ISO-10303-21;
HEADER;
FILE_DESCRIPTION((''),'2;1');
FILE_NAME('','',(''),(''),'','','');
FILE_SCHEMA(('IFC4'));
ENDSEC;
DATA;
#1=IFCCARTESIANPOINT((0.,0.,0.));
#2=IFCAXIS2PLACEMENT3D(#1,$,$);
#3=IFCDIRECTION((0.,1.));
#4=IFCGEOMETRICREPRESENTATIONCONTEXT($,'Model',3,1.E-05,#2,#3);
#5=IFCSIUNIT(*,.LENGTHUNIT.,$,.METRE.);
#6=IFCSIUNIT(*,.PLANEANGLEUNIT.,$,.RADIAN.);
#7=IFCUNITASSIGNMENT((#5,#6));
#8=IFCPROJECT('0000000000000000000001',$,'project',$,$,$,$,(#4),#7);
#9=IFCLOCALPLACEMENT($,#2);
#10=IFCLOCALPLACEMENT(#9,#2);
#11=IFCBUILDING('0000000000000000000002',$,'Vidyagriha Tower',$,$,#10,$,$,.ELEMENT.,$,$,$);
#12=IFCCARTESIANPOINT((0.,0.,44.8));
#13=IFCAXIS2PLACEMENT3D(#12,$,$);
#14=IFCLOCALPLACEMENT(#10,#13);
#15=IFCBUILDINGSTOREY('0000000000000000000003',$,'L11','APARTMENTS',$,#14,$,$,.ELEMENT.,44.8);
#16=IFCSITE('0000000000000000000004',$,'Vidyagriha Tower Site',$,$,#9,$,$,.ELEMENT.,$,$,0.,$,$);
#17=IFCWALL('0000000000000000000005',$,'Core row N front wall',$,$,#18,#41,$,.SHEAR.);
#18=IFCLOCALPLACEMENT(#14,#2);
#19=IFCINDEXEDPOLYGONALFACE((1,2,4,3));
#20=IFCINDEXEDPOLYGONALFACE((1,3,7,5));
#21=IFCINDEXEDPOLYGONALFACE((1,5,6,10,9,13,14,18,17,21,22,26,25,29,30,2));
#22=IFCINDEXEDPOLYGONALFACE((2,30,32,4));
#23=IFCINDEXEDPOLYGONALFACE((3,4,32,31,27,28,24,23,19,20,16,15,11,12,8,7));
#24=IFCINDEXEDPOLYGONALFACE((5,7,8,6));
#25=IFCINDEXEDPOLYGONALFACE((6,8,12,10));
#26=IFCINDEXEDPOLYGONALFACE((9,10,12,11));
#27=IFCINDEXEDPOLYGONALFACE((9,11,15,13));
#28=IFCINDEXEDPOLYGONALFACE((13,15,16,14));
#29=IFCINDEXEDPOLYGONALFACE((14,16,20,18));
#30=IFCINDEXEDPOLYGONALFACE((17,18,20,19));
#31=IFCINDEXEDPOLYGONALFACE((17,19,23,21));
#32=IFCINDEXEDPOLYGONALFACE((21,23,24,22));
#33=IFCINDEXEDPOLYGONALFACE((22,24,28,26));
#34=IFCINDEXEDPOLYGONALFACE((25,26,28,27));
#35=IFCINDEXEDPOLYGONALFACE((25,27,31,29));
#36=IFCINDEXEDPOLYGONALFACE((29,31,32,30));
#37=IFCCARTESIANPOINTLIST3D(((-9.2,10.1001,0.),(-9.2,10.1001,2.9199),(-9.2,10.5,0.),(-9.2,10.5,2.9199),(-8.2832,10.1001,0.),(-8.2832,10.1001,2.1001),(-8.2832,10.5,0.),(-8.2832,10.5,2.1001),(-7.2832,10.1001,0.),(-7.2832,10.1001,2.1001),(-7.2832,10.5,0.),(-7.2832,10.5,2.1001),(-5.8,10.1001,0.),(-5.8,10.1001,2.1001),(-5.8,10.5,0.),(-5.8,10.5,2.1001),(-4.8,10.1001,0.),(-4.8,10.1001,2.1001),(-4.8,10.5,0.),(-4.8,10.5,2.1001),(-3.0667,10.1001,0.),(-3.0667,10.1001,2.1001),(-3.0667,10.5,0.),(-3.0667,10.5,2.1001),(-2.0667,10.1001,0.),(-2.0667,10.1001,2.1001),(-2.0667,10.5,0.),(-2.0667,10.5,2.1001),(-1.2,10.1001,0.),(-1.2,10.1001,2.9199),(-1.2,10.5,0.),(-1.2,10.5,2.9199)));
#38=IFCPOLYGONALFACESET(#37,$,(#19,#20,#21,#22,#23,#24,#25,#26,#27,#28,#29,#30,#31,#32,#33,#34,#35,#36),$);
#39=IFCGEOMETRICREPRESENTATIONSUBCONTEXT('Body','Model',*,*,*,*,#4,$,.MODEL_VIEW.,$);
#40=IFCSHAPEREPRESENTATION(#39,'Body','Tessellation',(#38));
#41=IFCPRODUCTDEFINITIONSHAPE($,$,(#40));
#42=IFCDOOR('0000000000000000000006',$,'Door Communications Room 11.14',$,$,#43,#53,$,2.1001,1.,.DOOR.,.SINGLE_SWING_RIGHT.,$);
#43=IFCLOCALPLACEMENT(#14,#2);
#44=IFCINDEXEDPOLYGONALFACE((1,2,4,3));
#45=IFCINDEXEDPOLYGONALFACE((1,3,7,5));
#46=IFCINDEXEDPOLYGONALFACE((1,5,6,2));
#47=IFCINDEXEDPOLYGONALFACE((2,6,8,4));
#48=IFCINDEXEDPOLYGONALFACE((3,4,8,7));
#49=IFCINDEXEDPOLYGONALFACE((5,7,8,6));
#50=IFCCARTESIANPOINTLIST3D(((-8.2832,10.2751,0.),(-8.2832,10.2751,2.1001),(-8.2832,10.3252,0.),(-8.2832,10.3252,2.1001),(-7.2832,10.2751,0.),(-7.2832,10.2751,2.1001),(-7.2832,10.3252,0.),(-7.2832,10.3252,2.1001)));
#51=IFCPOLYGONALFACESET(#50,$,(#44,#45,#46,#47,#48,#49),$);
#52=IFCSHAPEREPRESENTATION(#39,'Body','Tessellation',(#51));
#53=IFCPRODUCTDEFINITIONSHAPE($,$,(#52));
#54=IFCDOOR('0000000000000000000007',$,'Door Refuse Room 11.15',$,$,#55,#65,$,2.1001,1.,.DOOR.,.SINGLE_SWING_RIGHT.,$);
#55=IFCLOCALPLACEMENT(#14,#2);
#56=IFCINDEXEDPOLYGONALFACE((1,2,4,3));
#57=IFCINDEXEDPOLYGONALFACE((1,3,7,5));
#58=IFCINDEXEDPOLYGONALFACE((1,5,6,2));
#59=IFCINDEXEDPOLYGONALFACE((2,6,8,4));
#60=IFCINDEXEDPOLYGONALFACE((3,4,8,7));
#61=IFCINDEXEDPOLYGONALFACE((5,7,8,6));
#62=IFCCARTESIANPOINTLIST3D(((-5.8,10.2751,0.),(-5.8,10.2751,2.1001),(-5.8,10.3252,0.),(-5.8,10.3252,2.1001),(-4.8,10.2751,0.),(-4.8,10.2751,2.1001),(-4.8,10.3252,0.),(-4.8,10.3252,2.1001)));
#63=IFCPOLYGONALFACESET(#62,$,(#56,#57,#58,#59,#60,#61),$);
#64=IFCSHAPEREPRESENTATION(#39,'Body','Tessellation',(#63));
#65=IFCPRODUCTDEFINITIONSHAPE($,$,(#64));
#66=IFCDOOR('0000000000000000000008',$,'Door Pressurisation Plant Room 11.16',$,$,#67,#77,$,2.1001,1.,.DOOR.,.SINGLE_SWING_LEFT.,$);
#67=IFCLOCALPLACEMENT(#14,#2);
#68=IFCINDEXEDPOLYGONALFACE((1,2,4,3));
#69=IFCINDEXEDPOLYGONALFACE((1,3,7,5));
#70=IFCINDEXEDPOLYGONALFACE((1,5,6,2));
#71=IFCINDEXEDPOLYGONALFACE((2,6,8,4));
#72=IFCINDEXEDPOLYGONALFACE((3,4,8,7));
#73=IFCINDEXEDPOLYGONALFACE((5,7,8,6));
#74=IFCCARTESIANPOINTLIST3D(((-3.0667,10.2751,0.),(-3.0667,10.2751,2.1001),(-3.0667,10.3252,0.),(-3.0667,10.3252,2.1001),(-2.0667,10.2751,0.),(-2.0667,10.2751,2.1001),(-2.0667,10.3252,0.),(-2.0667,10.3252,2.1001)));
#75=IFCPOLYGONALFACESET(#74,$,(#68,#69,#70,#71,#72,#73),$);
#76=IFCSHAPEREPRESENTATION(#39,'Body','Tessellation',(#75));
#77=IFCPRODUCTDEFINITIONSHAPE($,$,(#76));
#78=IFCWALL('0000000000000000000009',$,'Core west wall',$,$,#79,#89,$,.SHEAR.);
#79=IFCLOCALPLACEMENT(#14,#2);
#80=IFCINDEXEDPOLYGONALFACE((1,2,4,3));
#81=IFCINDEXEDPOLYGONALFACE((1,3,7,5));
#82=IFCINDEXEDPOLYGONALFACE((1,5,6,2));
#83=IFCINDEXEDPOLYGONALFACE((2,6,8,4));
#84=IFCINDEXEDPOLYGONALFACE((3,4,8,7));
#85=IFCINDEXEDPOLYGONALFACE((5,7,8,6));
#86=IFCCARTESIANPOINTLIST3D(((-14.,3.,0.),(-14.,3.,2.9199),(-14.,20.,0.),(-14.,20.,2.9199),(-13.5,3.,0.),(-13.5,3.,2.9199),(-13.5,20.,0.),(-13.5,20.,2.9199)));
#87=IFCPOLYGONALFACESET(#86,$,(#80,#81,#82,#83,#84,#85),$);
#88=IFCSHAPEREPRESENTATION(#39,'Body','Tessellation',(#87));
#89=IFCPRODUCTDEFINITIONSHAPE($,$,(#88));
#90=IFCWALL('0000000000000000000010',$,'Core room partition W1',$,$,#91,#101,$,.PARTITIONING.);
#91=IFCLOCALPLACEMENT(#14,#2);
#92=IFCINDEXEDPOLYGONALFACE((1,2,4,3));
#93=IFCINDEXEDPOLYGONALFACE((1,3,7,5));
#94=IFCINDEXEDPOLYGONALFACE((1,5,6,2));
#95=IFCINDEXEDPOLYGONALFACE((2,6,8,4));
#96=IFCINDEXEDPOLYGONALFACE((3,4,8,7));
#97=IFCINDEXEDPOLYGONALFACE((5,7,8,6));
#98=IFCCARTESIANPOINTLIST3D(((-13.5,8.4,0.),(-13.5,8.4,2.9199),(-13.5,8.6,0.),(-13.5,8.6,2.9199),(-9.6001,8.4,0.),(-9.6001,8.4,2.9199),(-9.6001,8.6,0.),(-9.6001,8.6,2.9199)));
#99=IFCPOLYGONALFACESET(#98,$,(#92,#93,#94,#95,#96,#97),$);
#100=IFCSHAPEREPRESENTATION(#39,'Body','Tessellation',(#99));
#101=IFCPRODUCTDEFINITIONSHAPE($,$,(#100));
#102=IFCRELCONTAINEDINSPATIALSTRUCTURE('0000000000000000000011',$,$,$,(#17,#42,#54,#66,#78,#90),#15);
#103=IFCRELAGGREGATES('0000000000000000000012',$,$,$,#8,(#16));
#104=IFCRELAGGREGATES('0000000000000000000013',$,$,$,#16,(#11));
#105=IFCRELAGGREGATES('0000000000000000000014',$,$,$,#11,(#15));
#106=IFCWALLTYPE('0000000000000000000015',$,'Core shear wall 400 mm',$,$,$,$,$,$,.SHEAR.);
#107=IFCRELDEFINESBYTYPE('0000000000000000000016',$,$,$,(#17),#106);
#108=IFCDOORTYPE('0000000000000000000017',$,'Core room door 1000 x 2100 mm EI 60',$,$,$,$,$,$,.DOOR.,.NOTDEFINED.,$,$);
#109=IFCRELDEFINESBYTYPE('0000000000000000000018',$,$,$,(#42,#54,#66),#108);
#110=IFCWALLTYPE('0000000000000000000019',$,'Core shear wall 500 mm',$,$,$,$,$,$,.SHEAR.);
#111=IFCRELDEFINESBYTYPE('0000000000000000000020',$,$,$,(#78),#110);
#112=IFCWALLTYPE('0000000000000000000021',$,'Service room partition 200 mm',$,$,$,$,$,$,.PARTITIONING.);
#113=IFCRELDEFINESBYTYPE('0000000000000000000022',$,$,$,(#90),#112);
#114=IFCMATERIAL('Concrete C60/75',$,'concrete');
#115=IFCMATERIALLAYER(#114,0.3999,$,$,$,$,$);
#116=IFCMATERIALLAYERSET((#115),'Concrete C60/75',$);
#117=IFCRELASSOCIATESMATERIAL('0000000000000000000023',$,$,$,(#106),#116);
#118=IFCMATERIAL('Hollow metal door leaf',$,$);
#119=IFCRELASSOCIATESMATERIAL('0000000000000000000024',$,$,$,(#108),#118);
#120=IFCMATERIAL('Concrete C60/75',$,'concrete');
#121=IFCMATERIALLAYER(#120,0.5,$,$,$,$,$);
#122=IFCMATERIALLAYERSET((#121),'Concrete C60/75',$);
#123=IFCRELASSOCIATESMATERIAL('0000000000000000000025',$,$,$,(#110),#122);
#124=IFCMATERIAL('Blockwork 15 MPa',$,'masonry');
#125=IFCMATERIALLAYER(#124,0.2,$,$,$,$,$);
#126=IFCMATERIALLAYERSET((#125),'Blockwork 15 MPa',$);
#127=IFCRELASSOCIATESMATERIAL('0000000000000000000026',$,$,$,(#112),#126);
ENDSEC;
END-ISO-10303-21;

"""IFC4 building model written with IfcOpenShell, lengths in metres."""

from ifc_helpers import new_model, si_unit, direction, frame, frame_2d, origin, place, context, subcontext, project, spatial, rectangle, extrude, material, layer, layer_set, type_object, element, fill, save


model = new_model("IFC4")

# Units and contexts
model_context = context("Model", 3, precision=1e-05, world=origin(), true_north=direction((0.0, 1.0)))
body_context = subcontext(model_context, "Body", "Model", "MODEL_VIEW")
ifc_project = project(units=[si_unit("LENGTHUNIT", "METRE"), si_unit("PLANEANGLEUNIT", "RADIAN")], contexts=[model_context])

# Site, building, storey
site_placement = place(None, origin())
site = spatial("IfcSite", under=ifc_project, at=site_placement, Name="Vidyagriha Tower Site", CompositionType="ELEMENT", RefElevation=0.0)
building_placement = place(site_placement, origin())
building = spatial("IfcBuilding", under=site, at=building_placement, Name="Vidyagriha Tower", CompositionType="ELEMENT")
storey_placement = place(building_placement, frame((0.0, 0.0, 44.8)))
storey = spatial("IfcBuildingStorey", under=building, at=storey_placement, Name="L11", Description="APARTMENTS", CompositionType="ELEMENT", Elevation=44.8)

# Shared definitions
ifc_material_1 = material(Name="Concrete C60/75", Category="concrete")
ifc_layer_1 = layer(ifc_material_1, 0.3999)
ifc_layer_set_1 = layer_set([ifc_layer_1], Name="Concrete C60/75")
wall_type_1 = type_object("IfcWallType", Name="Core shear wall 400 mm", PredefinedType="SHEAR", material=ifc_layer_set_1)
ifc_material_2 = material(Name="Hollow metal door leaf")
door_type_1 = type_object("IfcDoorType", Name="Core room door 1000 x 2100 mm EI 60", OperationType="NOTDEFINED", PredefinedType="DOOR", material=ifc_material_2)

# Wall, openings, doors
wall_1_placement = place(storey_placement, frame((-9.2, 10.3, 0.0)))
wall_1 = element("IfcWall", 1, at=wall_1_placement, inside=storey, type_object=wall_type_1, Name="Core row N front wall", PredefinedType="SHEAR", context=body_context, shape_type="SweptSolid", body=[
    extrude(rectangle(XDim=8.0, YDim=0.3999, at=frame_2d((4.0, 0.0))), origin(), (0.0, 0.0, 1.0), 2.9199),
])
opening_1_placement = place(wall_1_placement, frame((0.9167, 0.0, 0.0)))
opening_1 = element("IfcOpeningElement", 2, at=opening_1_placement, cuts=wall_1, PredefinedType="OPENING", context=body_context, shape_type="SweptSolid", body=[
    extrude(rectangle(XDim=1.0, YDim=2.1001, at=frame_2d((0.5, 1.05))), frame((0.0, 0.21, 0.0), z_axis=(0.0, -1.0, 0.0), x_axis=(1.0, 0.0, 0.0)), (0.0, 0.0, 1.0), 0.4199),
])
opening_2_placement = place(wall_1_placement, frame((3.3999, 0.0, 0.0)))
opening_2 = element("IfcOpeningElement", 3, at=opening_2_placement, cuts=wall_1, PredefinedType="OPENING", context=body_context, shape_type="SweptSolid", body=[
    extrude(rectangle(XDim=1.0, YDim=2.1001, at=frame_2d((0.5, 1.05))), frame((0.0, 0.21, 0.0), z_axis=(0.0, -1.0, 0.0), x_axis=(1.0, 0.0, 0.0)), (0.0, 0.0, 1.0), 0.4199),
])
opening_3_placement = place(wall_1_placement, frame((6.1333, 0.0, 0.0)))
opening_3 = element("IfcOpeningElement", 4, at=opening_3_placement, cuts=wall_1, PredefinedType="OPENING", context=body_context, shape_type="SweptSolid", body=[
    extrude(rectangle(XDim=1.0, YDim=2.1001, at=frame_2d((0.5, 1.05))), frame((0.0, 0.21, 0.0), z_axis=(0.0, -1.0, 0.0), x_axis=(1.0, 0.0, 0.0)), (0.0, 0.0, 1.0), 0.4199),
])
door_1_placement = place(opening_1_placement, frame((1.0, 0.0, 0.0), z_axis=(0.0, 0.0, 1.0), x_axis=(-1.0, 0.0, 0.0)))
door_1 = element("IfcDoor", 5, at=door_1_placement, inside=storey, type_object=door_type_1, Name="Door Communications Room 11.14", OperationType="SINGLE_SWING_RIGHT", OverallHeight=2.1001, OverallWidth=1.0, PredefinedType="DOOR", context=body_context, shape_type="SweptSolid", body=[
    extrude(rectangle(XDim=1.0, YDim=2.1001, at=frame_2d((0.5, 1.05))), frame((0.0, 0.0249, 0.0), z_axis=(0.0, -1.0, 0.0), x_axis=(1.0, 0.0, 0.0)), (0.0, 0.0, 1.0), 0.05),
])
fill(opening_1, door_1)
door_2_placement = place(opening_2_placement, frame((1.0, 0.0, 0.0), z_axis=(0.0, 0.0, 1.0), x_axis=(-1.0, 0.0, 0.0)))
door_2 = element("IfcDoor", 6, at=door_2_placement, inside=storey, type_object=door_type_1, Name="Door Refuse Room 11.15", OperationType="SINGLE_SWING_RIGHT", OverallHeight=2.1001, OverallWidth=1.0, PredefinedType="DOOR", context=body_context, shape_type="SweptSolid", body=[
    extrude(rectangle(XDim=1.0, YDim=2.1001, at=frame_2d((0.5, 1.05))), frame((0.0, 0.0249, 0.0), z_axis=(0.0, -1.0, 0.0), x_axis=(1.0, 0.0, 0.0)), (0.0, 0.0, 1.0), 0.05),
])
fill(opening_2, door_2)
door_3_placement = place(opening_3_placement, frame((1.0, 0.0, 0.0), z_axis=(0.0, 0.0, 1.0), x_axis=(-1.0, 0.0, 0.0)))
door_3 = element("IfcDoor", 7, at=door_3_placement, inside=storey, type_object=door_type_1, Name="Door Pressurisation Plant Room 11.16", OperationType="SINGLE_SWING_LEFT", OverallHeight=2.1001, OverallWidth=1.0, PredefinedType="DOOR", context=body_context, shape_type="SweptSolid", body=[
    extrude(rectangle(XDim=1.0, YDim=2.1001, at=frame_2d((0.5, 1.05))), frame((0.0, 0.0249, 0.0), z_axis=(0.0, -1.0, 0.0), x_axis=(1.0, 0.0, 0.0)), (0.0, 0.0, 1.0), 0.05),
])
fill(opening_3, door_3)

# Walls
ifc_material_3 = material(Name="Concrete C60/75", Category="concrete")
ifc_layer_2 = layer(ifc_material_3, 0.5)
ifc_layer_set_2 = layer_set([ifc_layer_2], Name="Concrete C60/75")
wall_type_2 = type_object("IfcWallType", Name="Core shear wall 500 mm", PredefinedType="SHEAR", material=ifc_layer_set_2)
wall_2_placement = place(storey_placement, frame((-13.75, 3.0, 0.0), z_axis=(0.0, 0.0, 1.0), x_axis=(0.0, 1.0, 0.0)))
element("IfcWall", 8, at=wall_2_placement, inside=storey, type_object=wall_type_2, Name="Core west wall", PredefinedType="SHEAR", context=body_context, shape_type="SweptSolid", body=[
    extrude(rectangle(XDim=17.0, YDim=0.5, at=frame_2d((8.5, 0.0))), origin(), (0.0, 0.0, 1.0), 2.9199),
])
ifc_material_4 = material(Name="Blockwork 15 MPa", Category="masonry")
ifc_layer_3 = layer(ifc_material_4, 0.2)
ifc_layer_set_3 = layer_set([ifc_layer_3], Name="Blockwork 15 MPa")
wall_type_3 = type_object("IfcWallType", Name="Service room partition 200 mm", PredefinedType="PARTITIONING", material=ifc_layer_set_3)
wall_3_placement = place(storey_placement, frame((-13.5, 8.5, 0.0)))
element("IfcWall", 9, at=wall_3_placement, inside=storey, type_object=wall_type_3, Name="Core room partition W1", PredefinedType="PARTITIONING", context=body_context, shape_type="SweptSolid", body=[
    extrude(rectangle(XDim=3.8999, YDim=0.2, at=frame_2d((1.95, 0.0))), origin(), (0.0, 0.0, 1.0), 2.9199),
])

save(model, "model.ifc")
